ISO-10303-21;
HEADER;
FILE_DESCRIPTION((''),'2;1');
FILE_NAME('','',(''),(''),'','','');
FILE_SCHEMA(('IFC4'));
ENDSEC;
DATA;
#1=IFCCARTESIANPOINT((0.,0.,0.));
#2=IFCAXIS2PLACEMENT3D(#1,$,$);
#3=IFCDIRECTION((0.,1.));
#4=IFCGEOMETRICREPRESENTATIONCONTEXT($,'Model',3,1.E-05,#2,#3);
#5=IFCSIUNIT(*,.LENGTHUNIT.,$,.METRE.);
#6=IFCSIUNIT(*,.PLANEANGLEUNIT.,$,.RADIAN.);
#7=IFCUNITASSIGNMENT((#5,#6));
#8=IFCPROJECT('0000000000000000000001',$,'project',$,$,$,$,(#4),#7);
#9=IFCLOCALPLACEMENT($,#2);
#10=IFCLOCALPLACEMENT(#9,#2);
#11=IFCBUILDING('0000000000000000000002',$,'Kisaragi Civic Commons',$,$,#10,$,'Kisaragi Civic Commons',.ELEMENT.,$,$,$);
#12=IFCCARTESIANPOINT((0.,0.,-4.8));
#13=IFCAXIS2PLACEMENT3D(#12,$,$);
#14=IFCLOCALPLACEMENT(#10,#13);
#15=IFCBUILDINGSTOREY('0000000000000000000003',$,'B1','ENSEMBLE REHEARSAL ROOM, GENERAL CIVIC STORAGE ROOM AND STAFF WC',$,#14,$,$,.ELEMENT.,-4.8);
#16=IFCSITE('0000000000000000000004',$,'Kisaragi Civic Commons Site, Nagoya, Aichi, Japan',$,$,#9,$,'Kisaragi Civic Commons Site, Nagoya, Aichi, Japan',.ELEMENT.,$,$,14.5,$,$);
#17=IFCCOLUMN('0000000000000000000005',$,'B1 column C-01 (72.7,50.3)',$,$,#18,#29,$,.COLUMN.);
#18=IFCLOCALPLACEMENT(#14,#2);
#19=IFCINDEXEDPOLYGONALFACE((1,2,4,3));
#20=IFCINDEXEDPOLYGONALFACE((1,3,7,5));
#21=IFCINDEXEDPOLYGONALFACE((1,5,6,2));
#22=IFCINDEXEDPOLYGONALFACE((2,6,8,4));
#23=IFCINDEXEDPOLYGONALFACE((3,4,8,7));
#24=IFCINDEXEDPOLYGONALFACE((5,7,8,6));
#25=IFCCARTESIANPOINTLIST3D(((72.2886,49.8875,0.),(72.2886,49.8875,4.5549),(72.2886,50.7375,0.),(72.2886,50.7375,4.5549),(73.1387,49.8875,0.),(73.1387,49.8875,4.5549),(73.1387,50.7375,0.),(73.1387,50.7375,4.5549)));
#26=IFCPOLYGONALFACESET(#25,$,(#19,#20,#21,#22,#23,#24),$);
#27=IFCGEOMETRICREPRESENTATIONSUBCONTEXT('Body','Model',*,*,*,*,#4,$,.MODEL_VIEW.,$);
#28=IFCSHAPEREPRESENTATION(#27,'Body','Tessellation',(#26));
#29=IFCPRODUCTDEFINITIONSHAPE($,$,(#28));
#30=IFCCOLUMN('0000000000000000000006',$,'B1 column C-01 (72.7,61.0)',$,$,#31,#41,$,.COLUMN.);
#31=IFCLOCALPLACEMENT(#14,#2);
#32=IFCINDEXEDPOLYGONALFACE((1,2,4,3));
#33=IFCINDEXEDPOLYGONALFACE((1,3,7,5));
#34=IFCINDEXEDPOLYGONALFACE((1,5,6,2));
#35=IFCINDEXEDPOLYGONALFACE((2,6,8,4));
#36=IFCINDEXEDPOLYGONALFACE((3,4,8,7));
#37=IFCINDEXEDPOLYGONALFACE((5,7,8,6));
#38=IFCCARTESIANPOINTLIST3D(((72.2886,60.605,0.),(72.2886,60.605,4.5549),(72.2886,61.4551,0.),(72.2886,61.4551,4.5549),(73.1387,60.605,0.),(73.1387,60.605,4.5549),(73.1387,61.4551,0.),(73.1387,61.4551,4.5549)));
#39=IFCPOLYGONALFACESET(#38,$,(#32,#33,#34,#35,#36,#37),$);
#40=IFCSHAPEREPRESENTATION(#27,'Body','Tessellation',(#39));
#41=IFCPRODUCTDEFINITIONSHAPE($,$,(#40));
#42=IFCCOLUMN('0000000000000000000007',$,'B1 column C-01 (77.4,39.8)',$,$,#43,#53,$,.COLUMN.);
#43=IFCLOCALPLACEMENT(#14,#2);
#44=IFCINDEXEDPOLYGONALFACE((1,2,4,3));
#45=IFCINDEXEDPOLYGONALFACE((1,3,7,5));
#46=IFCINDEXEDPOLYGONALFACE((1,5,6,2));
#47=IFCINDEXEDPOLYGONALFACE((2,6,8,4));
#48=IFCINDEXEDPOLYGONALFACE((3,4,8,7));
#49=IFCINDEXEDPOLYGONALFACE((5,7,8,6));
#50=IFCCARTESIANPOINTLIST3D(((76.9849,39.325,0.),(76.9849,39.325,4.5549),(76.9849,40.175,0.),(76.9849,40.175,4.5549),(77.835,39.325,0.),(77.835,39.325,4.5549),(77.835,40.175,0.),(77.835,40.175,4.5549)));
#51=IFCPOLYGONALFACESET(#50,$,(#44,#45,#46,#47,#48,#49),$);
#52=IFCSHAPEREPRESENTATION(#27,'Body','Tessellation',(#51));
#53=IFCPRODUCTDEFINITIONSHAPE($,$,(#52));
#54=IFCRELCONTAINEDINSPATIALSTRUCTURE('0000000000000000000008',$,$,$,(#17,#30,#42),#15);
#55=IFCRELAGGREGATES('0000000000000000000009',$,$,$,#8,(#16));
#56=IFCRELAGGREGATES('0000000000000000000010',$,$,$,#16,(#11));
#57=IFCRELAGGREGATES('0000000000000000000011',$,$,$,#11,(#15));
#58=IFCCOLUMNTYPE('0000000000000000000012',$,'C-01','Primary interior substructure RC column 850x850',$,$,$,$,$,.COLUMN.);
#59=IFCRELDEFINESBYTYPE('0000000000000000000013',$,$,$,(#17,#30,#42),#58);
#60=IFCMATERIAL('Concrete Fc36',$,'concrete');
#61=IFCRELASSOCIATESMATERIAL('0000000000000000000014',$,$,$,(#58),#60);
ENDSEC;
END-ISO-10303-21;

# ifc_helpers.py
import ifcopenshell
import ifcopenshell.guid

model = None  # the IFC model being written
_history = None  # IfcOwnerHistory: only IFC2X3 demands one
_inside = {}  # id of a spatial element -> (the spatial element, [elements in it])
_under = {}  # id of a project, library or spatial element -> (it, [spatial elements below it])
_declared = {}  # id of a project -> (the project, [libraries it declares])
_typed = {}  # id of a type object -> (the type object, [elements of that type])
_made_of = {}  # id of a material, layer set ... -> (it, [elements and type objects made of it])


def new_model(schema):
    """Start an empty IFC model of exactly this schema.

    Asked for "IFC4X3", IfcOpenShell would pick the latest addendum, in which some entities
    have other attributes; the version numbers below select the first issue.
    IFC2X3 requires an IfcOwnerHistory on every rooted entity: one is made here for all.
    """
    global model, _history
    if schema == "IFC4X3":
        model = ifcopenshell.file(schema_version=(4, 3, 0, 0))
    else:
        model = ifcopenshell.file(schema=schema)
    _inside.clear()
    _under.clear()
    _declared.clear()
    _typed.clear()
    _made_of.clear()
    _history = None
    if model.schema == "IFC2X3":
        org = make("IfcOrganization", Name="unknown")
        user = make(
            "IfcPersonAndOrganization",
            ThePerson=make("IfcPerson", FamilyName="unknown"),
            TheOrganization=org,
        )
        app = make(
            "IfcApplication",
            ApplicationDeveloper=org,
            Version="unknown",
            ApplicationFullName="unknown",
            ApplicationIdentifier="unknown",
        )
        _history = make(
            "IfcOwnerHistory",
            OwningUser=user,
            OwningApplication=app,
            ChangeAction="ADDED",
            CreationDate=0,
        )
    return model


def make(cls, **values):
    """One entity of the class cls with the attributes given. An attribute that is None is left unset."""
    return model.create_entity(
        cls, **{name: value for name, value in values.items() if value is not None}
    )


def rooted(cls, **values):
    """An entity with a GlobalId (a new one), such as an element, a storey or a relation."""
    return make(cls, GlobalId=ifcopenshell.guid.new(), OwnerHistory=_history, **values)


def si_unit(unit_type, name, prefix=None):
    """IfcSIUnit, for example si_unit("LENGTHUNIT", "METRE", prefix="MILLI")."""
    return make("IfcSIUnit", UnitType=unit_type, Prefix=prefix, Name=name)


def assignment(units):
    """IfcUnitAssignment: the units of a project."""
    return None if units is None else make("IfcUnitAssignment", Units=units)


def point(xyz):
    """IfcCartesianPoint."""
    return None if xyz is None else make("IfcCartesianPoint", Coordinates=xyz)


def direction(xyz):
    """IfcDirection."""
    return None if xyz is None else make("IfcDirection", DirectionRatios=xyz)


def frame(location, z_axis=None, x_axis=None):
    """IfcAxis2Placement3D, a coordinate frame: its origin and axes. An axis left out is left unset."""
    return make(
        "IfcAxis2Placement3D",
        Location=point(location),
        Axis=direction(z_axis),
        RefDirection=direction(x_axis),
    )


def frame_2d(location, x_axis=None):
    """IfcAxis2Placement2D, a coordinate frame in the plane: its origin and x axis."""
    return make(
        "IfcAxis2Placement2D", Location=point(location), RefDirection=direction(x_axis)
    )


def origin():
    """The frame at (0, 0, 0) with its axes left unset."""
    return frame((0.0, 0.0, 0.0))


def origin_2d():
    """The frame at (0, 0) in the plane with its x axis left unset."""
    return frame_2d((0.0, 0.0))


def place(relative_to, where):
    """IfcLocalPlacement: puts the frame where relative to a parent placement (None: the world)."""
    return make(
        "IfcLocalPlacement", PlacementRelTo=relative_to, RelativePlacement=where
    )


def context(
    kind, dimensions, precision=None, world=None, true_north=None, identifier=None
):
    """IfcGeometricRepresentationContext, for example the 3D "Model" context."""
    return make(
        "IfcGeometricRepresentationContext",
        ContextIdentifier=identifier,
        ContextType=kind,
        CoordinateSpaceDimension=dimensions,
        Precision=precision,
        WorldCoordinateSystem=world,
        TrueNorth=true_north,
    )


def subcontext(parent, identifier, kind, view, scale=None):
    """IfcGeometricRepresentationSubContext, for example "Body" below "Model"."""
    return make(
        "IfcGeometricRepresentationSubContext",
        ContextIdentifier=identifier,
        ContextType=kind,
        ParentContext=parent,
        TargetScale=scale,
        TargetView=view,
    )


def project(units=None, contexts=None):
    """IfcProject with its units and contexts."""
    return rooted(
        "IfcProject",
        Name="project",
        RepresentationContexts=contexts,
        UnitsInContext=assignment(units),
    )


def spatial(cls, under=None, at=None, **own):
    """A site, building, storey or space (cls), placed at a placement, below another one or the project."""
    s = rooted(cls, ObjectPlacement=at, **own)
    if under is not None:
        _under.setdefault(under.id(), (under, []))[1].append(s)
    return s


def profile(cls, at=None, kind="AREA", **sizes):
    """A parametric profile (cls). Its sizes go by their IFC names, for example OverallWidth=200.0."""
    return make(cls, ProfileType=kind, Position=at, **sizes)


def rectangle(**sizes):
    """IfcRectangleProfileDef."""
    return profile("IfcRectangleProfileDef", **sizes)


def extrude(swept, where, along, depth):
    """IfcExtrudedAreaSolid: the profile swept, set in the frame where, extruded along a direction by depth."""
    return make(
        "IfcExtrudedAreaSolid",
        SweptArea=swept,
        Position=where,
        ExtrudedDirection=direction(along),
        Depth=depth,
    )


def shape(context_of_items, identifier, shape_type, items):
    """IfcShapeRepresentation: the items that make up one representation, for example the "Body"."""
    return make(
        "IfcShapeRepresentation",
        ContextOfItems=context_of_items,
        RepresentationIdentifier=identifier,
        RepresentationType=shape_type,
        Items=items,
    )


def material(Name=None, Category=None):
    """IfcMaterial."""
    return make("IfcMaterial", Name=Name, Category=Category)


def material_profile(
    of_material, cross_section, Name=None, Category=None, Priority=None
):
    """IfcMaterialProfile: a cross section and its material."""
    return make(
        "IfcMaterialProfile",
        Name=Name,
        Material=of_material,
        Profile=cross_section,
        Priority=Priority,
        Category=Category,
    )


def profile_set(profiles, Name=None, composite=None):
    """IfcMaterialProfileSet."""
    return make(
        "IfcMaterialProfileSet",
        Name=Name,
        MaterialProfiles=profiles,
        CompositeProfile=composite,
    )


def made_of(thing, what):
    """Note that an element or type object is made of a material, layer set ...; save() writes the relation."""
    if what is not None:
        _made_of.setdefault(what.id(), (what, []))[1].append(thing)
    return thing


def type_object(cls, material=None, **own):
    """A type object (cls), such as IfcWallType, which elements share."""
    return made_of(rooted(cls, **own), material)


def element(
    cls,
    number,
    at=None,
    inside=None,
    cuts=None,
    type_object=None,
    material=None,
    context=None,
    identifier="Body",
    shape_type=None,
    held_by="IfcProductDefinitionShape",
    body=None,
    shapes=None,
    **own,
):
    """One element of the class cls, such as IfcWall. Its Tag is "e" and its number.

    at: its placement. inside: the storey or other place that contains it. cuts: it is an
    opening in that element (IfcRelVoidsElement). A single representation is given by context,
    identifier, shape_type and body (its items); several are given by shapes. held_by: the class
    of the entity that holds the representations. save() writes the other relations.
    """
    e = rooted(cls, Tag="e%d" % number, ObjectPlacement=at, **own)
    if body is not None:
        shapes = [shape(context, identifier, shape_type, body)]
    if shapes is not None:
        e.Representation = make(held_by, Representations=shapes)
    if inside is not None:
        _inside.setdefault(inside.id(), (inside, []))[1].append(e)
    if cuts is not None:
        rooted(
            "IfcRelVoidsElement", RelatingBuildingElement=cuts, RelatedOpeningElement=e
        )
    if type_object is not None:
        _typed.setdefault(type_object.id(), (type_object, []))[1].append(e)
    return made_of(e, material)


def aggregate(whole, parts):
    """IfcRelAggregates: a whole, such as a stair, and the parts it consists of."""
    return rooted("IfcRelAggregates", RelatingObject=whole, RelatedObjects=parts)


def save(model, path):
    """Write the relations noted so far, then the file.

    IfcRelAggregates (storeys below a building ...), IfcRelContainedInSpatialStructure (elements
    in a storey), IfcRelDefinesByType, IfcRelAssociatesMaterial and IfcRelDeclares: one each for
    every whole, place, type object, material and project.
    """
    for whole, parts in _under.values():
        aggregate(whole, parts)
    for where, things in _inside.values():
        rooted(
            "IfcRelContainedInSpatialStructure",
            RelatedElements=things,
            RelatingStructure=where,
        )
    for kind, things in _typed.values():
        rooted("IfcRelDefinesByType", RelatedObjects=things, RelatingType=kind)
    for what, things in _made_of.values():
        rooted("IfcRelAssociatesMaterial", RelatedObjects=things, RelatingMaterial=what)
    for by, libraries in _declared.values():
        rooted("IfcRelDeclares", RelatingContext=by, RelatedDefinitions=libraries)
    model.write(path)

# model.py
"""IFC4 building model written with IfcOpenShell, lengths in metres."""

from ifc_helpers import new_model, si_unit, direction, frame, origin, origin_2d, place, context, subcontext, project, spatial, rectangle, extrude, material, material_profile, profile_set, type_object, element, save


model = new_model("IFC4")

# Units and contexts
model_context = context("Model", 3, precision=1e-05, world=origin(), true_north=direction((0.0, 1.0)))
body_context = subcontext(model_context, "Body", "Model", "MODEL_VIEW")
ifc_project = project(units=[si_unit("LENGTHUNIT", "METRE"), si_unit("PLANEANGLEUNIT", "RADIAN")], contexts=[model_context])

# Site, building, storey
site_placement = place(None, origin())
site = spatial("IfcSite", under=ifc_project, at=site_placement, Name="Kisaragi Civic Commons Site, Nagoya, Aichi, Japan", LongName="Kisaragi Civic Commons Site, Nagoya, Aichi, Japan", CompositionType="ELEMENT", RefElevation=14.5)
building_placement = place(site_placement, origin())
building = spatial("IfcBuilding", under=site, at=building_placement, Name="Kisaragi Civic Commons", LongName="Kisaragi Civic Commons", CompositionType="ELEMENT")
storey_placement = place(building_placement, frame((0.0, 0.0, -4.8)))
storey = spatial("IfcBuildingStorey", under=building, at=storey_placement, Name="B1", Description="ENSEMBLE REHEARSAL ROOM, GENERAL CIVIC STORAGE ROOM AND STAFF WC", CompositionType="ELEMENT", Elevation=-4.8)

# Shared definitions
ifc_material_1 = material(Name="Concrete Fc36", Category="concrete")

# Columns
ifc_material_profile_1 = material_profile(ifc_material_1, rectangle(XDim=0.8501, YDim=0.8501, at=origin_2d()), Name="RC-850x850", Category="concrete")
ifc_profile_set_1 = profile_set([ifc_material_profile_1], Name="Concrete Fc36")
column_type = type_object("IfcColumnType", Name="C-01", Description="Primary interior substructure RC column 850x850", PredefinedType="COLUMN", material=ifc_profile_set_1)
for number, where, z_axis, x_axis, name in (
    (1, (72.7136, 50.3125, 0.0), (0.0, 0.0, 1.0), (1.0, 0.0, 0.0), "B1 column C-01 (72.7,50.3)"),
    (2, (72.7136, 61.03, 0.0), (0.0, 0.0, 1.0), (1.0, 0.0, 0.0), "B1 column C-01 (72.7,61.0)"),
    (3, (77.4099, 39.75, 0.0), (0.0, 0.0, 1.0), (1.0, 0.0, 0.0), "B1 column C-01 (77.4,39.8)"),
):
    element("IfcColumn", number, at=place(storey_placement, frame(where, z_axis=z_axis, x_axis=x_axis)), inside=storey, type_object=column_type, Name=name, PredefinedType="COLUMN", context=body_context, shape_type="SweptSolid", body=[
        extrude(rectangle(XDim=0.8501, YDim=0.8501, at=origin_2d()), origin(), (0.0, 0.0, 1.0), 4.5549),
    ])

save(model, "model.ifc")
